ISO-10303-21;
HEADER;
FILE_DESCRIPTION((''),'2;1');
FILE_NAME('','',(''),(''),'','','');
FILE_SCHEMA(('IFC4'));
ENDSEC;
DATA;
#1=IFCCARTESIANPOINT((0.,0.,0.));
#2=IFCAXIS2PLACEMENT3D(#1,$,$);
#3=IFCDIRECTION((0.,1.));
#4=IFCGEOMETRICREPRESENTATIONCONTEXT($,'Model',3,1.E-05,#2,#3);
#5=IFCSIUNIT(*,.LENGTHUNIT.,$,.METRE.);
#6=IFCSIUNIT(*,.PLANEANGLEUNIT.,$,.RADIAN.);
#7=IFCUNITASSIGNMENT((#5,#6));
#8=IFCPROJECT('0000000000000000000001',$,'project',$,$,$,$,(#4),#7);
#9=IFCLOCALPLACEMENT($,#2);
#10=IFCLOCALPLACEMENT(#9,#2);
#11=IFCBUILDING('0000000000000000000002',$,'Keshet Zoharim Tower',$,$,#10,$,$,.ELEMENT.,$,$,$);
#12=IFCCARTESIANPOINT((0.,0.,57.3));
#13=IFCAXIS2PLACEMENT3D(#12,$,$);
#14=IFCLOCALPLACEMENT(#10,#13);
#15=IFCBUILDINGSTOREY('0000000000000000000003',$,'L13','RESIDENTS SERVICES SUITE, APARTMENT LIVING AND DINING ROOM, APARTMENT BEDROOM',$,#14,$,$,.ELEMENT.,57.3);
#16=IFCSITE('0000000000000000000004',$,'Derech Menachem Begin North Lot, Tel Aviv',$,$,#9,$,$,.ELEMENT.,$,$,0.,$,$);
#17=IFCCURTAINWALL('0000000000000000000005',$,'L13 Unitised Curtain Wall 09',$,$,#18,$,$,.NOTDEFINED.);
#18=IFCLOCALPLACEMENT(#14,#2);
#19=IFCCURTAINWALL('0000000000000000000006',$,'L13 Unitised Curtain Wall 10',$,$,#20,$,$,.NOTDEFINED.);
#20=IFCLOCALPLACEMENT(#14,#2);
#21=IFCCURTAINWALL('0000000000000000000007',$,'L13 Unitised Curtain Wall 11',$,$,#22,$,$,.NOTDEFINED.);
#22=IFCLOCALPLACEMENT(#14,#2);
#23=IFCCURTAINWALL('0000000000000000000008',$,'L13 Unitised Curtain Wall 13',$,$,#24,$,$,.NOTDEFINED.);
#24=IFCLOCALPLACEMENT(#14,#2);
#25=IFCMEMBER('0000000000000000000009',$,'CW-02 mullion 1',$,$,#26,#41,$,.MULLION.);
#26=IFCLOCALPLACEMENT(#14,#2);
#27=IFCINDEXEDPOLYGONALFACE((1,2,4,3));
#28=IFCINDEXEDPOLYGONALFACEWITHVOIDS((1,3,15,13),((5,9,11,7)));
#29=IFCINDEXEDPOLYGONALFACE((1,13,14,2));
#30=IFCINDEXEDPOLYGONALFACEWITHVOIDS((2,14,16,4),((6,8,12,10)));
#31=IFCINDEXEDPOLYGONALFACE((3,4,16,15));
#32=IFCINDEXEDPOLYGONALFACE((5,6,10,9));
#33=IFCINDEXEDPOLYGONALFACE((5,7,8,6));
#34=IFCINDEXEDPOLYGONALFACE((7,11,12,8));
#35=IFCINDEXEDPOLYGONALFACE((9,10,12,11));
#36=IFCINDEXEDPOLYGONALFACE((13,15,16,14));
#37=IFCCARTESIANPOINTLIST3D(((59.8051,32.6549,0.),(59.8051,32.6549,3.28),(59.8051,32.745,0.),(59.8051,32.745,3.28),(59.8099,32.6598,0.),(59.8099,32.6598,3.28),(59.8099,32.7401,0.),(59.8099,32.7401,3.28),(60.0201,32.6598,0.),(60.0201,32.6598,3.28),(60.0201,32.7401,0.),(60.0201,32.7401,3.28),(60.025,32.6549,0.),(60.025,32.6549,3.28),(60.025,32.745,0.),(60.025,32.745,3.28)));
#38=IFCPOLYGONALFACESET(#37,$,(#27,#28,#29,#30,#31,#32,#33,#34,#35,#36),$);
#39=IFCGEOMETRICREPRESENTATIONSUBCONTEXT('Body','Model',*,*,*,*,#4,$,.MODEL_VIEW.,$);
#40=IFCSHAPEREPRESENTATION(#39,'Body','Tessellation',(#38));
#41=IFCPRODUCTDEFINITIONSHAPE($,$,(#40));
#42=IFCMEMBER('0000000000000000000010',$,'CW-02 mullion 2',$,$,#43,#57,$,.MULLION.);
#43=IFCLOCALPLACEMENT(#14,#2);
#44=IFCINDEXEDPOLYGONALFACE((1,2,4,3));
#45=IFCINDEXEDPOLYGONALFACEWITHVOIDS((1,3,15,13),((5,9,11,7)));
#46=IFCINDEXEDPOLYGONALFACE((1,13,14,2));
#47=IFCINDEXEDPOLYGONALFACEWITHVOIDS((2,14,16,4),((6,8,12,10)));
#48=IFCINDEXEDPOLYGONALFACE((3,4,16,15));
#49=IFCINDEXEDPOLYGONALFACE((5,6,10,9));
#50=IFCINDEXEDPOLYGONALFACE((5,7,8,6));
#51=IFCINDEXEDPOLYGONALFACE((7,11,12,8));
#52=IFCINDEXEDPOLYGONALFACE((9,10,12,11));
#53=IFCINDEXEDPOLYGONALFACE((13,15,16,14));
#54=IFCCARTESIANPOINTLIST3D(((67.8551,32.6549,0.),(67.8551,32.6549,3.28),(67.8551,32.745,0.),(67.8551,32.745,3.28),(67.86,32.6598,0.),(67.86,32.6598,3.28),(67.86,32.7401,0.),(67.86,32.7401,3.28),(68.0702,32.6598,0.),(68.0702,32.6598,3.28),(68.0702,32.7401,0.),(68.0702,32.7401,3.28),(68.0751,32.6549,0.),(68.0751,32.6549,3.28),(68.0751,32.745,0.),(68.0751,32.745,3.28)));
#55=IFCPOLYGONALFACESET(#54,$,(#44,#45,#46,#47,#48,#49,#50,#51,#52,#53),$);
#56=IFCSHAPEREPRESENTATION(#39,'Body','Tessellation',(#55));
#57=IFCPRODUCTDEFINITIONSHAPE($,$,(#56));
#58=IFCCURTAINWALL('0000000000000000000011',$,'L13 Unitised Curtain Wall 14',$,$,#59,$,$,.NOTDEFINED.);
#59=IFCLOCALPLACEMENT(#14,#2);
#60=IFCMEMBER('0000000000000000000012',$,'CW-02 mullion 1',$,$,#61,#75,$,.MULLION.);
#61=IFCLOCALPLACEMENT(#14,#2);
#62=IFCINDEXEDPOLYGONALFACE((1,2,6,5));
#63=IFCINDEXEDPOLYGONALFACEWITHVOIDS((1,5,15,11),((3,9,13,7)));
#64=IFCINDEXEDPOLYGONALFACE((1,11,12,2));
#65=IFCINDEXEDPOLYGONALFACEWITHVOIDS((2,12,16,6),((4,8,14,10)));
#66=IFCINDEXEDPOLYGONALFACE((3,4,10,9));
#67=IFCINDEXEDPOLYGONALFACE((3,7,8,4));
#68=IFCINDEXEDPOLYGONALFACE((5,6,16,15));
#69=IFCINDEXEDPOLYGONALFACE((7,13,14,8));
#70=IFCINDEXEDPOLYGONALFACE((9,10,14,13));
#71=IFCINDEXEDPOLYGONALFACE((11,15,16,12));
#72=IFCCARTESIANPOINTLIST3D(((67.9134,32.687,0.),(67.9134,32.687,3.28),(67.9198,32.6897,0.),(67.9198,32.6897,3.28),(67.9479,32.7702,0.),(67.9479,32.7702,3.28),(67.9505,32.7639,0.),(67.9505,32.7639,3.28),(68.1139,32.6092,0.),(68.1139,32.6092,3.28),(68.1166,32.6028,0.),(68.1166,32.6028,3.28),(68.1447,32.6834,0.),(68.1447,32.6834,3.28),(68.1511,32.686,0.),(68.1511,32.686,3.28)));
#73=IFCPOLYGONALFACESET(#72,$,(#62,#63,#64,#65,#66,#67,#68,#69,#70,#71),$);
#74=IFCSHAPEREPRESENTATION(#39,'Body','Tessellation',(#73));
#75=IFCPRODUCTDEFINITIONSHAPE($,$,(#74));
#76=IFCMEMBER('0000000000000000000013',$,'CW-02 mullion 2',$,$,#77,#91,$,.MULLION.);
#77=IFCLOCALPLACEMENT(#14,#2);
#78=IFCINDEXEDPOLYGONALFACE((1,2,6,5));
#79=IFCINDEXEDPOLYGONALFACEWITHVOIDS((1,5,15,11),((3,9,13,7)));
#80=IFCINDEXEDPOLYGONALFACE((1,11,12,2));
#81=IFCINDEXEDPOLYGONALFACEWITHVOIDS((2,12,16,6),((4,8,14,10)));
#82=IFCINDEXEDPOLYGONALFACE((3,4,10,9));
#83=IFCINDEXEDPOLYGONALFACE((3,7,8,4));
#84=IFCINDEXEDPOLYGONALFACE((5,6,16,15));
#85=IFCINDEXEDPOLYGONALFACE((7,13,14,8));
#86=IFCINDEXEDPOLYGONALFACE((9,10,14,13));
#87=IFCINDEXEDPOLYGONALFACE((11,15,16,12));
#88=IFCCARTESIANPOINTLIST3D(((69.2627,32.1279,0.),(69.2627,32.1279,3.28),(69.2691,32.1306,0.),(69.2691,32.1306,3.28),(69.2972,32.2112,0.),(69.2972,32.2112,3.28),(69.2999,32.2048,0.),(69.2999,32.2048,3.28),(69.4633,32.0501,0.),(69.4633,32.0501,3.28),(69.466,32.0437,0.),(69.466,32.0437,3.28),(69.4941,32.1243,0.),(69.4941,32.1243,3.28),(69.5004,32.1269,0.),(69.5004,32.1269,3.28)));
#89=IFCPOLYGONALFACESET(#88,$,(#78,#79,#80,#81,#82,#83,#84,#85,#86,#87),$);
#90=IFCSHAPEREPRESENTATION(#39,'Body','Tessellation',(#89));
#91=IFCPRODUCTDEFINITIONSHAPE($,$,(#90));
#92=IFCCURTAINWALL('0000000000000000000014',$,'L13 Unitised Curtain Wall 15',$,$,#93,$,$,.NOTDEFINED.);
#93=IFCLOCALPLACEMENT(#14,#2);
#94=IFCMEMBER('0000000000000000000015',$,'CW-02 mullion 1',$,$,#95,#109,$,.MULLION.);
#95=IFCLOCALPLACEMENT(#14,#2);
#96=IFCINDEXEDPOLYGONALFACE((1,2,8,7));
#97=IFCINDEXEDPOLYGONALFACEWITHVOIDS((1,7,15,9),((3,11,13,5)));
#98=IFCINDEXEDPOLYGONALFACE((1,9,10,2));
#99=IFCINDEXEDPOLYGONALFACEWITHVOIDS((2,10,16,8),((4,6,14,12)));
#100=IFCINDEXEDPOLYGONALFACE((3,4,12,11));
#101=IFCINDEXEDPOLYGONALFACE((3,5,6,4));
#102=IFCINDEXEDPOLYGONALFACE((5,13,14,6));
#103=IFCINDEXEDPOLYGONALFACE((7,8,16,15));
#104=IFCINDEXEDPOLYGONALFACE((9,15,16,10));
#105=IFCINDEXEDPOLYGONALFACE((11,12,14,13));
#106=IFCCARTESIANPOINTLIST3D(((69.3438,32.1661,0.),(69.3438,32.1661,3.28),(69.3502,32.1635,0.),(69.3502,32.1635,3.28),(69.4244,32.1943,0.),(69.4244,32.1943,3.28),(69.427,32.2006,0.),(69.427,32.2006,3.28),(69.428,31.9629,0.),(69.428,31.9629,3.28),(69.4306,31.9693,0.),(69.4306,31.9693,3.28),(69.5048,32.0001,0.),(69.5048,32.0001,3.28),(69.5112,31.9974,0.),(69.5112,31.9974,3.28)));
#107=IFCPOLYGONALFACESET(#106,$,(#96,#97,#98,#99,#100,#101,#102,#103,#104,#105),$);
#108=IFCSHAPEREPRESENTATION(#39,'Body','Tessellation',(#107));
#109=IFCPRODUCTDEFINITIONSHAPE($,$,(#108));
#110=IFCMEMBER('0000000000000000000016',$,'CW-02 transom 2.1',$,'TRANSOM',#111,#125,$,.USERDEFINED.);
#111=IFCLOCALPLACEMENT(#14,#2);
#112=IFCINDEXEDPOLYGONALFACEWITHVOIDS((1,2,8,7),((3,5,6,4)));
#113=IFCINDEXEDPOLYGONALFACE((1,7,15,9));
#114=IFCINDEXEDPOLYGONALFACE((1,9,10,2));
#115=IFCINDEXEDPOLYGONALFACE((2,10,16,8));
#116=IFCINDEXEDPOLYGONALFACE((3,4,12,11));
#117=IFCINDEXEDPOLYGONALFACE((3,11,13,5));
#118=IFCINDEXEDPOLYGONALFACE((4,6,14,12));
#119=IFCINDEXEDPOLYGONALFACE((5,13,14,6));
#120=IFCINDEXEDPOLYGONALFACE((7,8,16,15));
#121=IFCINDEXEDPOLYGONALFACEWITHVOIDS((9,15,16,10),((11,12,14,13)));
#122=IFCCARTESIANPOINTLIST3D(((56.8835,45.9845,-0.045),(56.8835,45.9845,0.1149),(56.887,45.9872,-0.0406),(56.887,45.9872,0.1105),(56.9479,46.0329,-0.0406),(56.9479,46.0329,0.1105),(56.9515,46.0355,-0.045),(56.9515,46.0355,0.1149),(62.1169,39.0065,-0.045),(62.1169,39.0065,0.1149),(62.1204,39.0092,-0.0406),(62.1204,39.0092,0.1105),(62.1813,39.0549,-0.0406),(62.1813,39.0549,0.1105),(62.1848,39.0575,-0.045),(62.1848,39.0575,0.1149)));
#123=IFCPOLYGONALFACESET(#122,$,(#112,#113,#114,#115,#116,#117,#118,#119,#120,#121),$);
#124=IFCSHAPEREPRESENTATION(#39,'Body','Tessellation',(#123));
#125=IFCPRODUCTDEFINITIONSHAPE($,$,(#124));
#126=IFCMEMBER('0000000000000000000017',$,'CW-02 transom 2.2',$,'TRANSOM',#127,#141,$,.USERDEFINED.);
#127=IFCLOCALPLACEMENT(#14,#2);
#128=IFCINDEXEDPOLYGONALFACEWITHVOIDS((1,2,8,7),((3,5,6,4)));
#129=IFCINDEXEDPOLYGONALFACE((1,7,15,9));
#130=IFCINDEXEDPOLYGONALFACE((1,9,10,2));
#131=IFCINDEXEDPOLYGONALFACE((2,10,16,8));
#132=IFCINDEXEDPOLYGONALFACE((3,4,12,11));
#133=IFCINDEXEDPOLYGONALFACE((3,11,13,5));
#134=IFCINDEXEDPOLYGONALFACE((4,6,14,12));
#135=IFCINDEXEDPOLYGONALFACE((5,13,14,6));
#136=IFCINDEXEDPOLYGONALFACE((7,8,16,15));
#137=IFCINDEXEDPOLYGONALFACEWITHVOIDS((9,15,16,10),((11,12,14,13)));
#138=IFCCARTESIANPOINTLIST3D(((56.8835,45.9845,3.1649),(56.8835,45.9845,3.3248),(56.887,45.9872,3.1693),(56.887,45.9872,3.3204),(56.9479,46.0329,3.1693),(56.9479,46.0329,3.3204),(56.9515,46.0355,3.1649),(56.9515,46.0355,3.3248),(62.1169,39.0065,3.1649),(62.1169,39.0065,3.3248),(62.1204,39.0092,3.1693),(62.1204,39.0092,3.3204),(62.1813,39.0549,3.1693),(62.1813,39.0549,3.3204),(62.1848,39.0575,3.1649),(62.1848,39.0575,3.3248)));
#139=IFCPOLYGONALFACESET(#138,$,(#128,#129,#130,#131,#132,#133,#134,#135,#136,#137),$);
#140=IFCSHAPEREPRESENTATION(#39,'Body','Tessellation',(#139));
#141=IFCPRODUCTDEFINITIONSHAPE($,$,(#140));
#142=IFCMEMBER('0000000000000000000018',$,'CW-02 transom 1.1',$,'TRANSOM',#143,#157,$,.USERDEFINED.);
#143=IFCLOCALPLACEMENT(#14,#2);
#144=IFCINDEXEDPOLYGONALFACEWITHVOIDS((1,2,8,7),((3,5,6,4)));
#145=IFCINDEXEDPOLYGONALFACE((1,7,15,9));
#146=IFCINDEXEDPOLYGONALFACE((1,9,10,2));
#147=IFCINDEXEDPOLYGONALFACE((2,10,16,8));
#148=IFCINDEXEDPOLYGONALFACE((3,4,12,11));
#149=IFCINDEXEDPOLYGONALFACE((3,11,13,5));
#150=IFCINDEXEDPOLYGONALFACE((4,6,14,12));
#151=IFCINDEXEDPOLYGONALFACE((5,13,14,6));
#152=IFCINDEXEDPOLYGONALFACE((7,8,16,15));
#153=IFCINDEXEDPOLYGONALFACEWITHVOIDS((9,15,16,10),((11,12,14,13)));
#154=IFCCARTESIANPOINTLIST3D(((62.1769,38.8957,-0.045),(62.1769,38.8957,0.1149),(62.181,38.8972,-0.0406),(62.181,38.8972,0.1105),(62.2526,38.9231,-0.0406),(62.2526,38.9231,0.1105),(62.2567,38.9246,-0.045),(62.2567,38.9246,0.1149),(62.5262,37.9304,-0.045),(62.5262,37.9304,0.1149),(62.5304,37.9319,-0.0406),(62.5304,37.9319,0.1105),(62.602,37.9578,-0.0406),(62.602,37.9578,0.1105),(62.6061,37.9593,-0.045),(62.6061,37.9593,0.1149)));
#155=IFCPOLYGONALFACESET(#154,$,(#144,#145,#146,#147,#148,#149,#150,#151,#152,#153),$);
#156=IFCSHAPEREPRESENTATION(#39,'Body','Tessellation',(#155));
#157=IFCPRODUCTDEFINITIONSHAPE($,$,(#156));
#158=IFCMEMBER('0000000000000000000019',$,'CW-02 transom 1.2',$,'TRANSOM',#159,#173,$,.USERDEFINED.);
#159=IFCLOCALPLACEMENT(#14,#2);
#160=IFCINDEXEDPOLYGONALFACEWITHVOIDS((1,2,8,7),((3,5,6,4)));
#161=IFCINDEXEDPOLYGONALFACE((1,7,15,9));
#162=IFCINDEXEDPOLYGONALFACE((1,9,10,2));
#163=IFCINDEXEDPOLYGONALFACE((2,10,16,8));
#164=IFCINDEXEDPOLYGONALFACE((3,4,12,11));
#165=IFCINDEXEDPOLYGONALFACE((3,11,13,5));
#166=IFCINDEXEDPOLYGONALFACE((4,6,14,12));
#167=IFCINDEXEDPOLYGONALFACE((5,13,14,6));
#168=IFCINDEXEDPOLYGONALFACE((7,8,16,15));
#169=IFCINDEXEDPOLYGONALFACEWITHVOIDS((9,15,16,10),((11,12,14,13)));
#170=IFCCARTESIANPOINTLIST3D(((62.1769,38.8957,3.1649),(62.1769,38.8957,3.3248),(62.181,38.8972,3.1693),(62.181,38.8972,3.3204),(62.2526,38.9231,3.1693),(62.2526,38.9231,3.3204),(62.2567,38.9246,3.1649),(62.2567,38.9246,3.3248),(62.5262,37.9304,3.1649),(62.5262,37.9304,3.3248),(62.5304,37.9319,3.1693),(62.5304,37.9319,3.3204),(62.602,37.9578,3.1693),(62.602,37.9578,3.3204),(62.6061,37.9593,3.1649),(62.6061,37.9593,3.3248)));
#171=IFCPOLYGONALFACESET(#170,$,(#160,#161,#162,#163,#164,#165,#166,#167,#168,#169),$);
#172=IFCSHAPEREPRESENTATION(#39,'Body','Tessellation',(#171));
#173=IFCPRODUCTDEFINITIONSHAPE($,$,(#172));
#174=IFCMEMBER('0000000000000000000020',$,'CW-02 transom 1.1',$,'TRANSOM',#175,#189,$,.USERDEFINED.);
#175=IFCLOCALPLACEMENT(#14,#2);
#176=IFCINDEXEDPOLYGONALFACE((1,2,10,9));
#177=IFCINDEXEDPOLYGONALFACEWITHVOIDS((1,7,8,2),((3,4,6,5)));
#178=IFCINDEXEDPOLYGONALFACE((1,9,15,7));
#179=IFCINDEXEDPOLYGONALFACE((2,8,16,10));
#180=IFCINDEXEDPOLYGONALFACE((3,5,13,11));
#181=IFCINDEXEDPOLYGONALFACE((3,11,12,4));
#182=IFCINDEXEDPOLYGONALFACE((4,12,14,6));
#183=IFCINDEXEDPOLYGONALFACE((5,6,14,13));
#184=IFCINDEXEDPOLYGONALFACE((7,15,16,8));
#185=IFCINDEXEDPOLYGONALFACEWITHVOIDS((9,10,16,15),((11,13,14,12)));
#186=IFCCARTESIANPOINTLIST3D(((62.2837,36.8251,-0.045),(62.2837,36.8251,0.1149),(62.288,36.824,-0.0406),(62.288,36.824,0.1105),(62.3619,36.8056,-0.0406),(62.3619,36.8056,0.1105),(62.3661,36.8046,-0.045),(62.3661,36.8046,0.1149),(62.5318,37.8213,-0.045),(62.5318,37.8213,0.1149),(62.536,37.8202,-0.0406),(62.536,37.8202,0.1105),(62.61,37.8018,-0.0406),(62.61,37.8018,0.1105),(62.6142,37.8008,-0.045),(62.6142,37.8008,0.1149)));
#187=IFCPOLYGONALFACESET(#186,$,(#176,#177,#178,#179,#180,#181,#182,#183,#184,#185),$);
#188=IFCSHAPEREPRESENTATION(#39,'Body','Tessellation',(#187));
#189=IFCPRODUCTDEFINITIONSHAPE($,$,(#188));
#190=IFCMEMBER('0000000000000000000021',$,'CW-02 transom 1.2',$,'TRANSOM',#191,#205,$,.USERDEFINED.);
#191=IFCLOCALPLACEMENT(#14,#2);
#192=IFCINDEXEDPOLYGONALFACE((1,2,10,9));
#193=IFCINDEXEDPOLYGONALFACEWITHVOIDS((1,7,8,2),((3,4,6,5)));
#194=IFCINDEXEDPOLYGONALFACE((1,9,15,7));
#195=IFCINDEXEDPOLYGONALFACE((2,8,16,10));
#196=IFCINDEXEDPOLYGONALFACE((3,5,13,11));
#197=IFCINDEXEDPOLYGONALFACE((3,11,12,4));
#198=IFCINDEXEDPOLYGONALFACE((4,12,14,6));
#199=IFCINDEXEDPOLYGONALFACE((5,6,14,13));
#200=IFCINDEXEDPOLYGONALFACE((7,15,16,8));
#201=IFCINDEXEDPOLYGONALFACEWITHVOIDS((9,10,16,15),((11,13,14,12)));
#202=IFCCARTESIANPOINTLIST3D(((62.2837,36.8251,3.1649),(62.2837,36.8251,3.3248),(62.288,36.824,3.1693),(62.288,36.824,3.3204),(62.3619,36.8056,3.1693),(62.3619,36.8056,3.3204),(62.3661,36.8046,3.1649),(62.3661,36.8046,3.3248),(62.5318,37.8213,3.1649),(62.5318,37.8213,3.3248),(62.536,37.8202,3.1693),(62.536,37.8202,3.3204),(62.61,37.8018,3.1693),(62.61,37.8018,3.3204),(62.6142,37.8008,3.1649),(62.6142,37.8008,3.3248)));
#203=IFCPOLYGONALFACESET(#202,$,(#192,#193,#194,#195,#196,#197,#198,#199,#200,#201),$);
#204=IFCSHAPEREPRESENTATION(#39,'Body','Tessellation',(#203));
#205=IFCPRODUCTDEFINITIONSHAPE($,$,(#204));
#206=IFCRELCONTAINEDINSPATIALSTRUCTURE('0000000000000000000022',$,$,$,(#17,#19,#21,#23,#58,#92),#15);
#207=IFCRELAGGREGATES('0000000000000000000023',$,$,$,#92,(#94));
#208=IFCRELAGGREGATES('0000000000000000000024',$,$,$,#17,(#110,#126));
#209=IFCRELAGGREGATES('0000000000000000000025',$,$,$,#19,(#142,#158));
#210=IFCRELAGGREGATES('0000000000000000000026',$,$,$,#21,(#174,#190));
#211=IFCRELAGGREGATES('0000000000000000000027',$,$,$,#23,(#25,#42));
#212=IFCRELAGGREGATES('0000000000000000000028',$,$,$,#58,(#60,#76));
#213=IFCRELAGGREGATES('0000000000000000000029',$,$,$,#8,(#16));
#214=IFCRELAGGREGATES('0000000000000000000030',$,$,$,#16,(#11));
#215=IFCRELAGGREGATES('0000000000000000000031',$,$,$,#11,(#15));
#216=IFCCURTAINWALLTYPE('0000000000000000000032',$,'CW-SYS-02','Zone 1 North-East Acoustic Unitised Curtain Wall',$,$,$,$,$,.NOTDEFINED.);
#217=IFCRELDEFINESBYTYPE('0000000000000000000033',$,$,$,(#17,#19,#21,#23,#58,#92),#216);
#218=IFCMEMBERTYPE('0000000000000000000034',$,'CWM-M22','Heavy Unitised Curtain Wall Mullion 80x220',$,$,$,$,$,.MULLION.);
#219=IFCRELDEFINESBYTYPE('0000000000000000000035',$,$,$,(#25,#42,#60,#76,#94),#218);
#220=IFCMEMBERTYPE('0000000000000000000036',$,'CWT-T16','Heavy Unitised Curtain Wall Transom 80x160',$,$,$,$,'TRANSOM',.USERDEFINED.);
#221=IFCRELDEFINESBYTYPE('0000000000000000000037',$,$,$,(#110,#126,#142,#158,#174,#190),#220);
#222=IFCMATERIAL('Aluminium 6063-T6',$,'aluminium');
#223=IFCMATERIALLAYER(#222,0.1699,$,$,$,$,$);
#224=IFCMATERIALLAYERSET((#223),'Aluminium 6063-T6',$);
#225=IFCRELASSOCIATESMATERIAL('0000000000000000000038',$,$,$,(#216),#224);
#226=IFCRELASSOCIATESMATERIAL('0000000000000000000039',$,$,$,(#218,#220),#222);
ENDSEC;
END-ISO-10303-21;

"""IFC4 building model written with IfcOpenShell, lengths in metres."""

from ifc_helpers import new_model, si_unit, direction, frame, origin, origin_2d, place, context, subcontext, project, spatial, hollow_rectangle, extrude, material, layer, layer_set, material_profile, profile_set, type_object, element, aggregate, save


model = new_model("IFC4")

# Units and contexts
model_context = context("Model", 3, precision=1e-05, world=origin(), true_north=direction((0.0, 1.0)))
body_context = subcontext(model_context, "Body", "Model", "MODEL_VIEW")
ifc_project = project(units=[si_unit("LENGTHUNIT", "METRE"), si_unit("PLANEANGLEUNIT", "RADIAN")], contexts=[model_context])

# Site, building, storey
site_placement = place(None, origin())
site = spatial("IfcSite", under=ifc_project, at=site_placement, Name="Derech Menachem Begin North Lot, Tel Aviv", CompositionType="ELEMENT", RefElevation=0.0)
building_placement = place(site_placement, origin())
building = spatial("IfcBuilding", under=site, at=building_placement, Name="Keshet Zoharim Tower", CompositionType="ELEMENT")
storey_placement = place(building_placement, frame((0.0, 0.0, 57.3)))
storey = spatial("IfcBuildingStorey", under=building, at=storey_placement, Name="L13", Description="RESIDENTS SERVICES SUITE, APARTMENT LIVING AND DINING ROOM, APARTMENT BEDROOM", CompositionType="ELEMENT", Elevation=57.3)

# Curtain walls, members
ifc_material_1 = material(Name="Aluminium 6063-T6", Category="aluminium")
ifc_layer_1 = layer(ifc_material_1, 0.1699)
ifc_layer_set_1 = layer_set([ifc_layer_1], Name="Aluminium 6063-T6")
curtain_wall_type_1 = type_object("IfcCurtainWallType", Name="CW-SYS-02", Description="Zone 1 North-East Acoustic Unitised Curtain Wall", PredefinedType="NOTDEFINED", material=ifc_layer_set_1)
curtain_wall_1_placement = place(storey_placement, origin())
curtain_wall_1 = element("IfcCurtainWall", 1, at=curtain_wall_1_placement, inside=storey, type_object=curtain_wall_type_1, Name="L13 Unitised Curtain Wall 09", PredefinedType="NOTDEFINED")
ifc_material_profile_1 = material_profile(ifc_material_1, hollow_rectangle(XDim=0.0901, YDim=0.22, WallThickness=0.0049, at=origin_2d()), Name="MUL-90x220")
ifc_profile_set_1 = profile_set([ifc_material_profile_1], Name="Aluminium 6063-T6")
member_type_1 = type_object("IfcMemberType", Name="CWM-M22", Description="Heavy Unitised Curtain Wall Mullion 80x220", PredefinedType="MULLION", material=ifc_profile_set_1)
curtain_wall_2_placement = place(storey_placement, origin())
curtain_wall_2 = element("IfcCurtainWall", 2, at=curtain_wall_2_placement, inside=storey, type_object=curtain_wall_type_1, Name="L13 Unitised Curtain Wall 10", PredefinedType="NOTDEFINED")
curtain_wall_3_placement = place(storey_placement, origin())
curtain_wall_3 = element("IfcCurtainWall", 3, at=curtain_wall_3_placement, inside=storey, type_object=curtain_wall_type_1, Name="L13 Unitised Curtain Wall 11", PredefinedType="NOTDEFINED")
curtain_wall_4_placement = place(storey_placement, origin())
curtain_wall_4 = element("IfcCurtainWall", 4, at=curtain_wall_4_placement, inside=storey, type_object=curtain_wall_type_1, Name="L13 Unitised Curtain Wall 13", PredefinedType="NOTDEFINED")
member_1_placement = place(storey_placement, frame((59.915, 32.7, 0.0), z_axis=(0.0, 0.0, 1.0), x_axis=(0.0, 1.0, 0.0)))
member_1 = element("IfcMember", 5, at=member_1_placement, type_object=member_type_1, Name="CW-02 mullion 1", PredefinedType="MULLION", context=body_context, shape_type="SweptSolid", body=[
    extrude(hollow_rectangle(XDim=0.0901, YDim=0.22, WallThickness=0.0049, at=origin_2d()), origin(), (0.0, 0.0, 1.0), 3.28),
])
member_2_placement = place(storey_placement, frame((67.9651, 32.7, 0.0), z_axis=(0.0, 0.0, 1.0), x_axis=(0.0, 1.0, 0.0)))
member_2 = element("IfcMember", 6, at=member_2_placement, type_object=member_type_1, Name="CW-02 mullion 2", PredefinedType="MULLION", context=body_context, shape_type="SweptSolid", body=[
    extrude(hollow_rectangle(XDim=0.0901, YDim=0.22, WallThickness=0.0049, at=origin_2d()), origin(), (0.0, 0.0, 1.0), 3.28),
])
curtain_wall_5_placement = place(storey_placement, origin())
curtain_wall_5 = element("IfcCurtainWall", 7, at=curtain_wall_5_placement, inside=storey, type_object=curtain_wall_type_1, Name="L13 Unitised Curtain Wall 14", PredefinedType="NOTDEFINED")
member_3_placement = place(storey_placement, frame((68.0322, 32.6865, 0.0), z_axis=(0.0, 0.0, 1.0), x_axis=(0.382852, 0.92381, 0.0)))
member_3 = element("IfcMember", 8, at=member_3_placement, type_object=member_type_1, Name="CW-02 mullion 1", PredefinedType="MULLION", context=body_context, shape_type="SweptSolid", body=[
    extrude(hollow_rectangle(XDim=0.0901, YDim=0.22, WallThickness=0.0049, at=origin_2d()), origin(), (0.0, 0.0, 1.0), 3.28),
])
member_4_placement = place(storey_placement, frame((69.3816, 32.1274, 0.0), z_axis=(0.0, 0.0, 1.0), x_axis=(0.382852, 0.92381, 0.0)))
member_4 = element("IfcMember", 9, at=member_4_placement, type_object=member_type_1, Name="CW-02 mullion 2", PredefinedType="MULLION", context=body_context, shape_type="SweptSolid", body=[
    extrude(hollow_rectangle(XDim=0.0901, YDim=0.22, WallThickness=0.0049, at=origin_2d()), origin(), (0.0, 0.0, 1.0), 3.28),
])

# Curtain wall, member
curtain_wall_6_placement = place(storey_placement, origin())
curtain_wall_6 = element("IfcCurtainWall", 10, at=curtain_wall_6_placement, inside=storey, type_object=curtain_wall_type_1, Name="L13 Unitised Curtain Wall 15", PredefinedType="NOTDEFINED")
member_5_placement = place(storey_placement, frame((69.4275, 32.0818, 0.0), z_axis=(0.0, 0.0, 1.0), x_axis=(0.92381, 0.382852, 0.0)))
member_5 = element("IfcMember", 11, at=member_5_placement, type_object=member_type_1, Name="CW-02 mullion 1", PredefinedType="MULLION", context=body_context, shape_type="SweptSolid", body=[
    extrude(hollow_rectangle(XDim=0.0901, YDim=0.22, WallThickness=0.0049, at=origin_2d()), origin(), (0.0, 0.0, 1.0), 3.28),
])
aggregate(curtain_wall_6, [member_5])

# Members
ifc_material_profile_2 = material_profile(ifc_material_1, hollow_rectangle(XDim=0.085, YDim=0.1599, WallThickness=0.0044, at=origin_2d()), Name="TRN-85x160")
ifc_profile_set_2 = profile_set([ifc_material_profile_2], Name="Aluminium 6063-T6")
member_type_2 = type_object("IfcMemberType", Name="CWT-T16", Description="Heavy Unitised Curtain Wall Transom 80x160", ElementType="TRANSOM", PredefinedType="USERDEFINED", material=ifc_profile_set_2)
member_6_placement = place(storey_placement, frame((56.9175, 46.01, 0.0349), z_axis=(0.599991, -0.800007, 0.0), x_axis=(0.800007, 0.599991, 0.0)))
member_6 = element("IfcMember", 12, at=member_6_placement, type_object=member_type_2, Name="CW-02 transom 2.1", ObjectType="TRANSOM", PredefinedType="USERDEFINED", context=body_context, shape_type="SweptSolid", body=[
    extrude(hollow_rectangle(XDim=0.085, YDim=0.1599, WallThickness=0.0044, at=origin_2d()), origin(), (0.0, 0.0, 1.0), 8.7224),
])
member_7_placement = place(storey_placement, frame((56.9175, 46.01, 3.2449), z_axis=(0.599991, -0.800007, 0.0), x_axis=(0.800007, 0.599991, 0.0)))
member_7 = element("IfcMember", 13, at=member_7_placement, type_object=member_type_2, Name="CW-02 transom 2.2", ObjectType="TRANSOM", PredefinedType="USERDEFINED", context=body_context, shape_type="SweptSolid", body=[
    extrude(hollow_rectangle(XDim=0.085, YDim=0.1599, WallThickness=0.0044, at=origin_2d()), origin(), (0.0, 0.0, 1.0), 8.7224),
])
member_8_placement = place(storey_placement, frame((62.2168, 38.9102, 0.0349), z_axis=(0.340311, -0.940313, 0.0), x_axis=(0.940313, 0.340311, 0.0)))
member_8 = element("IfcMember", 14, at=member_8_placement, type_object=member_type_2, Name="CW-02 transom 1.1", ObjectType="TRANSOM", PredefinedType="USERDEFINED", context=body_context, shape_type="SweptSolid", body=[
    extrude(hollow_rectangle(XDim=0.085, YDim=0.1599, WallThickness=0.0044, at=origin_2d()), origin(), (0.0, 0.0, 1.0), 1.0266),
])
member_9_placement = place(storey_placement, frame((62.2168, 38.9102, 3.2449), z_axis=(0.340311, -0.940313, 0.0), x_axis=(0.940313, 0.340311, 0.0)))
member_9 = element("IfcMember", 15, at=member_9_placement, type_object=member_type_2, Name="CW-02 transom 1.2", ObjectType="TRANSOM", PredefinedType="USERDEFINED", context=body_context, shape_type="SweptSolid", body=[
    extrude(hollow_rectangle(XDim=0.085, YDim=0.1599, WallThickness=0.0044, at=origin_2d()), origin(), (0.0, 0.0, 1.0), 1.0266),
])
member_10_placement = place(storey_placement, frame((62.573, 37.811, 0.0349), z_axis=(-0.24164, -0.970366, 0.0), x_axis=(0.970366, -0.24164, 0.0)))
member_10 = element("IfcMember", 16, at=member_10_placement, type_object=member_type_2, Name="CW-02 transom 1.1", ObjectType="TRANSOM", PredefinedType="USERDEFINED", context=body_context, shape_type="SweptSolid", body=[
    extrude(hollow_rectangle(XDim=0.085, YDim=0.1599, WallThickness=0.0044, at=origin_2d()), origin(), (0.0, 0.0, 1.0), 1.0266),
])
member_11_placement = place(storey_placement, frame((62.573, 37.811, 3.2449), z_axis=(-0.24164, -0.970366, 0.0), x_axis=(0.970366, -0.24164, 0.0)))
member_11 = element("IfcMember", 17, at=member_11_placement, type_object=member_type_2, Name="CW-02 transom 1.2", ObjectType="TRANSOM", PredefinedType="USERDEFINED", context=body_context, shape_type="SweptSolid", body=[
    extrude(hollow_rectangle(XDim=0.085, YDim=0.1599, WallThickness=0.0044, at=origin_2d()), origin(), (0.0, 0.0, 1.0), 1.0266),
])

aggregate(curtain_wall_1, [member_6, member_7])
aggregate(curtain_wall_2, [member_8, member_9])
aggregate(curtain_wall_3, [member_10, member_11])
aggregate(curtain_wall_4, [member_1, member_2])
aggregate(curtain_wall_5, [member_3, member_4])

save(model, "model.ifc")
